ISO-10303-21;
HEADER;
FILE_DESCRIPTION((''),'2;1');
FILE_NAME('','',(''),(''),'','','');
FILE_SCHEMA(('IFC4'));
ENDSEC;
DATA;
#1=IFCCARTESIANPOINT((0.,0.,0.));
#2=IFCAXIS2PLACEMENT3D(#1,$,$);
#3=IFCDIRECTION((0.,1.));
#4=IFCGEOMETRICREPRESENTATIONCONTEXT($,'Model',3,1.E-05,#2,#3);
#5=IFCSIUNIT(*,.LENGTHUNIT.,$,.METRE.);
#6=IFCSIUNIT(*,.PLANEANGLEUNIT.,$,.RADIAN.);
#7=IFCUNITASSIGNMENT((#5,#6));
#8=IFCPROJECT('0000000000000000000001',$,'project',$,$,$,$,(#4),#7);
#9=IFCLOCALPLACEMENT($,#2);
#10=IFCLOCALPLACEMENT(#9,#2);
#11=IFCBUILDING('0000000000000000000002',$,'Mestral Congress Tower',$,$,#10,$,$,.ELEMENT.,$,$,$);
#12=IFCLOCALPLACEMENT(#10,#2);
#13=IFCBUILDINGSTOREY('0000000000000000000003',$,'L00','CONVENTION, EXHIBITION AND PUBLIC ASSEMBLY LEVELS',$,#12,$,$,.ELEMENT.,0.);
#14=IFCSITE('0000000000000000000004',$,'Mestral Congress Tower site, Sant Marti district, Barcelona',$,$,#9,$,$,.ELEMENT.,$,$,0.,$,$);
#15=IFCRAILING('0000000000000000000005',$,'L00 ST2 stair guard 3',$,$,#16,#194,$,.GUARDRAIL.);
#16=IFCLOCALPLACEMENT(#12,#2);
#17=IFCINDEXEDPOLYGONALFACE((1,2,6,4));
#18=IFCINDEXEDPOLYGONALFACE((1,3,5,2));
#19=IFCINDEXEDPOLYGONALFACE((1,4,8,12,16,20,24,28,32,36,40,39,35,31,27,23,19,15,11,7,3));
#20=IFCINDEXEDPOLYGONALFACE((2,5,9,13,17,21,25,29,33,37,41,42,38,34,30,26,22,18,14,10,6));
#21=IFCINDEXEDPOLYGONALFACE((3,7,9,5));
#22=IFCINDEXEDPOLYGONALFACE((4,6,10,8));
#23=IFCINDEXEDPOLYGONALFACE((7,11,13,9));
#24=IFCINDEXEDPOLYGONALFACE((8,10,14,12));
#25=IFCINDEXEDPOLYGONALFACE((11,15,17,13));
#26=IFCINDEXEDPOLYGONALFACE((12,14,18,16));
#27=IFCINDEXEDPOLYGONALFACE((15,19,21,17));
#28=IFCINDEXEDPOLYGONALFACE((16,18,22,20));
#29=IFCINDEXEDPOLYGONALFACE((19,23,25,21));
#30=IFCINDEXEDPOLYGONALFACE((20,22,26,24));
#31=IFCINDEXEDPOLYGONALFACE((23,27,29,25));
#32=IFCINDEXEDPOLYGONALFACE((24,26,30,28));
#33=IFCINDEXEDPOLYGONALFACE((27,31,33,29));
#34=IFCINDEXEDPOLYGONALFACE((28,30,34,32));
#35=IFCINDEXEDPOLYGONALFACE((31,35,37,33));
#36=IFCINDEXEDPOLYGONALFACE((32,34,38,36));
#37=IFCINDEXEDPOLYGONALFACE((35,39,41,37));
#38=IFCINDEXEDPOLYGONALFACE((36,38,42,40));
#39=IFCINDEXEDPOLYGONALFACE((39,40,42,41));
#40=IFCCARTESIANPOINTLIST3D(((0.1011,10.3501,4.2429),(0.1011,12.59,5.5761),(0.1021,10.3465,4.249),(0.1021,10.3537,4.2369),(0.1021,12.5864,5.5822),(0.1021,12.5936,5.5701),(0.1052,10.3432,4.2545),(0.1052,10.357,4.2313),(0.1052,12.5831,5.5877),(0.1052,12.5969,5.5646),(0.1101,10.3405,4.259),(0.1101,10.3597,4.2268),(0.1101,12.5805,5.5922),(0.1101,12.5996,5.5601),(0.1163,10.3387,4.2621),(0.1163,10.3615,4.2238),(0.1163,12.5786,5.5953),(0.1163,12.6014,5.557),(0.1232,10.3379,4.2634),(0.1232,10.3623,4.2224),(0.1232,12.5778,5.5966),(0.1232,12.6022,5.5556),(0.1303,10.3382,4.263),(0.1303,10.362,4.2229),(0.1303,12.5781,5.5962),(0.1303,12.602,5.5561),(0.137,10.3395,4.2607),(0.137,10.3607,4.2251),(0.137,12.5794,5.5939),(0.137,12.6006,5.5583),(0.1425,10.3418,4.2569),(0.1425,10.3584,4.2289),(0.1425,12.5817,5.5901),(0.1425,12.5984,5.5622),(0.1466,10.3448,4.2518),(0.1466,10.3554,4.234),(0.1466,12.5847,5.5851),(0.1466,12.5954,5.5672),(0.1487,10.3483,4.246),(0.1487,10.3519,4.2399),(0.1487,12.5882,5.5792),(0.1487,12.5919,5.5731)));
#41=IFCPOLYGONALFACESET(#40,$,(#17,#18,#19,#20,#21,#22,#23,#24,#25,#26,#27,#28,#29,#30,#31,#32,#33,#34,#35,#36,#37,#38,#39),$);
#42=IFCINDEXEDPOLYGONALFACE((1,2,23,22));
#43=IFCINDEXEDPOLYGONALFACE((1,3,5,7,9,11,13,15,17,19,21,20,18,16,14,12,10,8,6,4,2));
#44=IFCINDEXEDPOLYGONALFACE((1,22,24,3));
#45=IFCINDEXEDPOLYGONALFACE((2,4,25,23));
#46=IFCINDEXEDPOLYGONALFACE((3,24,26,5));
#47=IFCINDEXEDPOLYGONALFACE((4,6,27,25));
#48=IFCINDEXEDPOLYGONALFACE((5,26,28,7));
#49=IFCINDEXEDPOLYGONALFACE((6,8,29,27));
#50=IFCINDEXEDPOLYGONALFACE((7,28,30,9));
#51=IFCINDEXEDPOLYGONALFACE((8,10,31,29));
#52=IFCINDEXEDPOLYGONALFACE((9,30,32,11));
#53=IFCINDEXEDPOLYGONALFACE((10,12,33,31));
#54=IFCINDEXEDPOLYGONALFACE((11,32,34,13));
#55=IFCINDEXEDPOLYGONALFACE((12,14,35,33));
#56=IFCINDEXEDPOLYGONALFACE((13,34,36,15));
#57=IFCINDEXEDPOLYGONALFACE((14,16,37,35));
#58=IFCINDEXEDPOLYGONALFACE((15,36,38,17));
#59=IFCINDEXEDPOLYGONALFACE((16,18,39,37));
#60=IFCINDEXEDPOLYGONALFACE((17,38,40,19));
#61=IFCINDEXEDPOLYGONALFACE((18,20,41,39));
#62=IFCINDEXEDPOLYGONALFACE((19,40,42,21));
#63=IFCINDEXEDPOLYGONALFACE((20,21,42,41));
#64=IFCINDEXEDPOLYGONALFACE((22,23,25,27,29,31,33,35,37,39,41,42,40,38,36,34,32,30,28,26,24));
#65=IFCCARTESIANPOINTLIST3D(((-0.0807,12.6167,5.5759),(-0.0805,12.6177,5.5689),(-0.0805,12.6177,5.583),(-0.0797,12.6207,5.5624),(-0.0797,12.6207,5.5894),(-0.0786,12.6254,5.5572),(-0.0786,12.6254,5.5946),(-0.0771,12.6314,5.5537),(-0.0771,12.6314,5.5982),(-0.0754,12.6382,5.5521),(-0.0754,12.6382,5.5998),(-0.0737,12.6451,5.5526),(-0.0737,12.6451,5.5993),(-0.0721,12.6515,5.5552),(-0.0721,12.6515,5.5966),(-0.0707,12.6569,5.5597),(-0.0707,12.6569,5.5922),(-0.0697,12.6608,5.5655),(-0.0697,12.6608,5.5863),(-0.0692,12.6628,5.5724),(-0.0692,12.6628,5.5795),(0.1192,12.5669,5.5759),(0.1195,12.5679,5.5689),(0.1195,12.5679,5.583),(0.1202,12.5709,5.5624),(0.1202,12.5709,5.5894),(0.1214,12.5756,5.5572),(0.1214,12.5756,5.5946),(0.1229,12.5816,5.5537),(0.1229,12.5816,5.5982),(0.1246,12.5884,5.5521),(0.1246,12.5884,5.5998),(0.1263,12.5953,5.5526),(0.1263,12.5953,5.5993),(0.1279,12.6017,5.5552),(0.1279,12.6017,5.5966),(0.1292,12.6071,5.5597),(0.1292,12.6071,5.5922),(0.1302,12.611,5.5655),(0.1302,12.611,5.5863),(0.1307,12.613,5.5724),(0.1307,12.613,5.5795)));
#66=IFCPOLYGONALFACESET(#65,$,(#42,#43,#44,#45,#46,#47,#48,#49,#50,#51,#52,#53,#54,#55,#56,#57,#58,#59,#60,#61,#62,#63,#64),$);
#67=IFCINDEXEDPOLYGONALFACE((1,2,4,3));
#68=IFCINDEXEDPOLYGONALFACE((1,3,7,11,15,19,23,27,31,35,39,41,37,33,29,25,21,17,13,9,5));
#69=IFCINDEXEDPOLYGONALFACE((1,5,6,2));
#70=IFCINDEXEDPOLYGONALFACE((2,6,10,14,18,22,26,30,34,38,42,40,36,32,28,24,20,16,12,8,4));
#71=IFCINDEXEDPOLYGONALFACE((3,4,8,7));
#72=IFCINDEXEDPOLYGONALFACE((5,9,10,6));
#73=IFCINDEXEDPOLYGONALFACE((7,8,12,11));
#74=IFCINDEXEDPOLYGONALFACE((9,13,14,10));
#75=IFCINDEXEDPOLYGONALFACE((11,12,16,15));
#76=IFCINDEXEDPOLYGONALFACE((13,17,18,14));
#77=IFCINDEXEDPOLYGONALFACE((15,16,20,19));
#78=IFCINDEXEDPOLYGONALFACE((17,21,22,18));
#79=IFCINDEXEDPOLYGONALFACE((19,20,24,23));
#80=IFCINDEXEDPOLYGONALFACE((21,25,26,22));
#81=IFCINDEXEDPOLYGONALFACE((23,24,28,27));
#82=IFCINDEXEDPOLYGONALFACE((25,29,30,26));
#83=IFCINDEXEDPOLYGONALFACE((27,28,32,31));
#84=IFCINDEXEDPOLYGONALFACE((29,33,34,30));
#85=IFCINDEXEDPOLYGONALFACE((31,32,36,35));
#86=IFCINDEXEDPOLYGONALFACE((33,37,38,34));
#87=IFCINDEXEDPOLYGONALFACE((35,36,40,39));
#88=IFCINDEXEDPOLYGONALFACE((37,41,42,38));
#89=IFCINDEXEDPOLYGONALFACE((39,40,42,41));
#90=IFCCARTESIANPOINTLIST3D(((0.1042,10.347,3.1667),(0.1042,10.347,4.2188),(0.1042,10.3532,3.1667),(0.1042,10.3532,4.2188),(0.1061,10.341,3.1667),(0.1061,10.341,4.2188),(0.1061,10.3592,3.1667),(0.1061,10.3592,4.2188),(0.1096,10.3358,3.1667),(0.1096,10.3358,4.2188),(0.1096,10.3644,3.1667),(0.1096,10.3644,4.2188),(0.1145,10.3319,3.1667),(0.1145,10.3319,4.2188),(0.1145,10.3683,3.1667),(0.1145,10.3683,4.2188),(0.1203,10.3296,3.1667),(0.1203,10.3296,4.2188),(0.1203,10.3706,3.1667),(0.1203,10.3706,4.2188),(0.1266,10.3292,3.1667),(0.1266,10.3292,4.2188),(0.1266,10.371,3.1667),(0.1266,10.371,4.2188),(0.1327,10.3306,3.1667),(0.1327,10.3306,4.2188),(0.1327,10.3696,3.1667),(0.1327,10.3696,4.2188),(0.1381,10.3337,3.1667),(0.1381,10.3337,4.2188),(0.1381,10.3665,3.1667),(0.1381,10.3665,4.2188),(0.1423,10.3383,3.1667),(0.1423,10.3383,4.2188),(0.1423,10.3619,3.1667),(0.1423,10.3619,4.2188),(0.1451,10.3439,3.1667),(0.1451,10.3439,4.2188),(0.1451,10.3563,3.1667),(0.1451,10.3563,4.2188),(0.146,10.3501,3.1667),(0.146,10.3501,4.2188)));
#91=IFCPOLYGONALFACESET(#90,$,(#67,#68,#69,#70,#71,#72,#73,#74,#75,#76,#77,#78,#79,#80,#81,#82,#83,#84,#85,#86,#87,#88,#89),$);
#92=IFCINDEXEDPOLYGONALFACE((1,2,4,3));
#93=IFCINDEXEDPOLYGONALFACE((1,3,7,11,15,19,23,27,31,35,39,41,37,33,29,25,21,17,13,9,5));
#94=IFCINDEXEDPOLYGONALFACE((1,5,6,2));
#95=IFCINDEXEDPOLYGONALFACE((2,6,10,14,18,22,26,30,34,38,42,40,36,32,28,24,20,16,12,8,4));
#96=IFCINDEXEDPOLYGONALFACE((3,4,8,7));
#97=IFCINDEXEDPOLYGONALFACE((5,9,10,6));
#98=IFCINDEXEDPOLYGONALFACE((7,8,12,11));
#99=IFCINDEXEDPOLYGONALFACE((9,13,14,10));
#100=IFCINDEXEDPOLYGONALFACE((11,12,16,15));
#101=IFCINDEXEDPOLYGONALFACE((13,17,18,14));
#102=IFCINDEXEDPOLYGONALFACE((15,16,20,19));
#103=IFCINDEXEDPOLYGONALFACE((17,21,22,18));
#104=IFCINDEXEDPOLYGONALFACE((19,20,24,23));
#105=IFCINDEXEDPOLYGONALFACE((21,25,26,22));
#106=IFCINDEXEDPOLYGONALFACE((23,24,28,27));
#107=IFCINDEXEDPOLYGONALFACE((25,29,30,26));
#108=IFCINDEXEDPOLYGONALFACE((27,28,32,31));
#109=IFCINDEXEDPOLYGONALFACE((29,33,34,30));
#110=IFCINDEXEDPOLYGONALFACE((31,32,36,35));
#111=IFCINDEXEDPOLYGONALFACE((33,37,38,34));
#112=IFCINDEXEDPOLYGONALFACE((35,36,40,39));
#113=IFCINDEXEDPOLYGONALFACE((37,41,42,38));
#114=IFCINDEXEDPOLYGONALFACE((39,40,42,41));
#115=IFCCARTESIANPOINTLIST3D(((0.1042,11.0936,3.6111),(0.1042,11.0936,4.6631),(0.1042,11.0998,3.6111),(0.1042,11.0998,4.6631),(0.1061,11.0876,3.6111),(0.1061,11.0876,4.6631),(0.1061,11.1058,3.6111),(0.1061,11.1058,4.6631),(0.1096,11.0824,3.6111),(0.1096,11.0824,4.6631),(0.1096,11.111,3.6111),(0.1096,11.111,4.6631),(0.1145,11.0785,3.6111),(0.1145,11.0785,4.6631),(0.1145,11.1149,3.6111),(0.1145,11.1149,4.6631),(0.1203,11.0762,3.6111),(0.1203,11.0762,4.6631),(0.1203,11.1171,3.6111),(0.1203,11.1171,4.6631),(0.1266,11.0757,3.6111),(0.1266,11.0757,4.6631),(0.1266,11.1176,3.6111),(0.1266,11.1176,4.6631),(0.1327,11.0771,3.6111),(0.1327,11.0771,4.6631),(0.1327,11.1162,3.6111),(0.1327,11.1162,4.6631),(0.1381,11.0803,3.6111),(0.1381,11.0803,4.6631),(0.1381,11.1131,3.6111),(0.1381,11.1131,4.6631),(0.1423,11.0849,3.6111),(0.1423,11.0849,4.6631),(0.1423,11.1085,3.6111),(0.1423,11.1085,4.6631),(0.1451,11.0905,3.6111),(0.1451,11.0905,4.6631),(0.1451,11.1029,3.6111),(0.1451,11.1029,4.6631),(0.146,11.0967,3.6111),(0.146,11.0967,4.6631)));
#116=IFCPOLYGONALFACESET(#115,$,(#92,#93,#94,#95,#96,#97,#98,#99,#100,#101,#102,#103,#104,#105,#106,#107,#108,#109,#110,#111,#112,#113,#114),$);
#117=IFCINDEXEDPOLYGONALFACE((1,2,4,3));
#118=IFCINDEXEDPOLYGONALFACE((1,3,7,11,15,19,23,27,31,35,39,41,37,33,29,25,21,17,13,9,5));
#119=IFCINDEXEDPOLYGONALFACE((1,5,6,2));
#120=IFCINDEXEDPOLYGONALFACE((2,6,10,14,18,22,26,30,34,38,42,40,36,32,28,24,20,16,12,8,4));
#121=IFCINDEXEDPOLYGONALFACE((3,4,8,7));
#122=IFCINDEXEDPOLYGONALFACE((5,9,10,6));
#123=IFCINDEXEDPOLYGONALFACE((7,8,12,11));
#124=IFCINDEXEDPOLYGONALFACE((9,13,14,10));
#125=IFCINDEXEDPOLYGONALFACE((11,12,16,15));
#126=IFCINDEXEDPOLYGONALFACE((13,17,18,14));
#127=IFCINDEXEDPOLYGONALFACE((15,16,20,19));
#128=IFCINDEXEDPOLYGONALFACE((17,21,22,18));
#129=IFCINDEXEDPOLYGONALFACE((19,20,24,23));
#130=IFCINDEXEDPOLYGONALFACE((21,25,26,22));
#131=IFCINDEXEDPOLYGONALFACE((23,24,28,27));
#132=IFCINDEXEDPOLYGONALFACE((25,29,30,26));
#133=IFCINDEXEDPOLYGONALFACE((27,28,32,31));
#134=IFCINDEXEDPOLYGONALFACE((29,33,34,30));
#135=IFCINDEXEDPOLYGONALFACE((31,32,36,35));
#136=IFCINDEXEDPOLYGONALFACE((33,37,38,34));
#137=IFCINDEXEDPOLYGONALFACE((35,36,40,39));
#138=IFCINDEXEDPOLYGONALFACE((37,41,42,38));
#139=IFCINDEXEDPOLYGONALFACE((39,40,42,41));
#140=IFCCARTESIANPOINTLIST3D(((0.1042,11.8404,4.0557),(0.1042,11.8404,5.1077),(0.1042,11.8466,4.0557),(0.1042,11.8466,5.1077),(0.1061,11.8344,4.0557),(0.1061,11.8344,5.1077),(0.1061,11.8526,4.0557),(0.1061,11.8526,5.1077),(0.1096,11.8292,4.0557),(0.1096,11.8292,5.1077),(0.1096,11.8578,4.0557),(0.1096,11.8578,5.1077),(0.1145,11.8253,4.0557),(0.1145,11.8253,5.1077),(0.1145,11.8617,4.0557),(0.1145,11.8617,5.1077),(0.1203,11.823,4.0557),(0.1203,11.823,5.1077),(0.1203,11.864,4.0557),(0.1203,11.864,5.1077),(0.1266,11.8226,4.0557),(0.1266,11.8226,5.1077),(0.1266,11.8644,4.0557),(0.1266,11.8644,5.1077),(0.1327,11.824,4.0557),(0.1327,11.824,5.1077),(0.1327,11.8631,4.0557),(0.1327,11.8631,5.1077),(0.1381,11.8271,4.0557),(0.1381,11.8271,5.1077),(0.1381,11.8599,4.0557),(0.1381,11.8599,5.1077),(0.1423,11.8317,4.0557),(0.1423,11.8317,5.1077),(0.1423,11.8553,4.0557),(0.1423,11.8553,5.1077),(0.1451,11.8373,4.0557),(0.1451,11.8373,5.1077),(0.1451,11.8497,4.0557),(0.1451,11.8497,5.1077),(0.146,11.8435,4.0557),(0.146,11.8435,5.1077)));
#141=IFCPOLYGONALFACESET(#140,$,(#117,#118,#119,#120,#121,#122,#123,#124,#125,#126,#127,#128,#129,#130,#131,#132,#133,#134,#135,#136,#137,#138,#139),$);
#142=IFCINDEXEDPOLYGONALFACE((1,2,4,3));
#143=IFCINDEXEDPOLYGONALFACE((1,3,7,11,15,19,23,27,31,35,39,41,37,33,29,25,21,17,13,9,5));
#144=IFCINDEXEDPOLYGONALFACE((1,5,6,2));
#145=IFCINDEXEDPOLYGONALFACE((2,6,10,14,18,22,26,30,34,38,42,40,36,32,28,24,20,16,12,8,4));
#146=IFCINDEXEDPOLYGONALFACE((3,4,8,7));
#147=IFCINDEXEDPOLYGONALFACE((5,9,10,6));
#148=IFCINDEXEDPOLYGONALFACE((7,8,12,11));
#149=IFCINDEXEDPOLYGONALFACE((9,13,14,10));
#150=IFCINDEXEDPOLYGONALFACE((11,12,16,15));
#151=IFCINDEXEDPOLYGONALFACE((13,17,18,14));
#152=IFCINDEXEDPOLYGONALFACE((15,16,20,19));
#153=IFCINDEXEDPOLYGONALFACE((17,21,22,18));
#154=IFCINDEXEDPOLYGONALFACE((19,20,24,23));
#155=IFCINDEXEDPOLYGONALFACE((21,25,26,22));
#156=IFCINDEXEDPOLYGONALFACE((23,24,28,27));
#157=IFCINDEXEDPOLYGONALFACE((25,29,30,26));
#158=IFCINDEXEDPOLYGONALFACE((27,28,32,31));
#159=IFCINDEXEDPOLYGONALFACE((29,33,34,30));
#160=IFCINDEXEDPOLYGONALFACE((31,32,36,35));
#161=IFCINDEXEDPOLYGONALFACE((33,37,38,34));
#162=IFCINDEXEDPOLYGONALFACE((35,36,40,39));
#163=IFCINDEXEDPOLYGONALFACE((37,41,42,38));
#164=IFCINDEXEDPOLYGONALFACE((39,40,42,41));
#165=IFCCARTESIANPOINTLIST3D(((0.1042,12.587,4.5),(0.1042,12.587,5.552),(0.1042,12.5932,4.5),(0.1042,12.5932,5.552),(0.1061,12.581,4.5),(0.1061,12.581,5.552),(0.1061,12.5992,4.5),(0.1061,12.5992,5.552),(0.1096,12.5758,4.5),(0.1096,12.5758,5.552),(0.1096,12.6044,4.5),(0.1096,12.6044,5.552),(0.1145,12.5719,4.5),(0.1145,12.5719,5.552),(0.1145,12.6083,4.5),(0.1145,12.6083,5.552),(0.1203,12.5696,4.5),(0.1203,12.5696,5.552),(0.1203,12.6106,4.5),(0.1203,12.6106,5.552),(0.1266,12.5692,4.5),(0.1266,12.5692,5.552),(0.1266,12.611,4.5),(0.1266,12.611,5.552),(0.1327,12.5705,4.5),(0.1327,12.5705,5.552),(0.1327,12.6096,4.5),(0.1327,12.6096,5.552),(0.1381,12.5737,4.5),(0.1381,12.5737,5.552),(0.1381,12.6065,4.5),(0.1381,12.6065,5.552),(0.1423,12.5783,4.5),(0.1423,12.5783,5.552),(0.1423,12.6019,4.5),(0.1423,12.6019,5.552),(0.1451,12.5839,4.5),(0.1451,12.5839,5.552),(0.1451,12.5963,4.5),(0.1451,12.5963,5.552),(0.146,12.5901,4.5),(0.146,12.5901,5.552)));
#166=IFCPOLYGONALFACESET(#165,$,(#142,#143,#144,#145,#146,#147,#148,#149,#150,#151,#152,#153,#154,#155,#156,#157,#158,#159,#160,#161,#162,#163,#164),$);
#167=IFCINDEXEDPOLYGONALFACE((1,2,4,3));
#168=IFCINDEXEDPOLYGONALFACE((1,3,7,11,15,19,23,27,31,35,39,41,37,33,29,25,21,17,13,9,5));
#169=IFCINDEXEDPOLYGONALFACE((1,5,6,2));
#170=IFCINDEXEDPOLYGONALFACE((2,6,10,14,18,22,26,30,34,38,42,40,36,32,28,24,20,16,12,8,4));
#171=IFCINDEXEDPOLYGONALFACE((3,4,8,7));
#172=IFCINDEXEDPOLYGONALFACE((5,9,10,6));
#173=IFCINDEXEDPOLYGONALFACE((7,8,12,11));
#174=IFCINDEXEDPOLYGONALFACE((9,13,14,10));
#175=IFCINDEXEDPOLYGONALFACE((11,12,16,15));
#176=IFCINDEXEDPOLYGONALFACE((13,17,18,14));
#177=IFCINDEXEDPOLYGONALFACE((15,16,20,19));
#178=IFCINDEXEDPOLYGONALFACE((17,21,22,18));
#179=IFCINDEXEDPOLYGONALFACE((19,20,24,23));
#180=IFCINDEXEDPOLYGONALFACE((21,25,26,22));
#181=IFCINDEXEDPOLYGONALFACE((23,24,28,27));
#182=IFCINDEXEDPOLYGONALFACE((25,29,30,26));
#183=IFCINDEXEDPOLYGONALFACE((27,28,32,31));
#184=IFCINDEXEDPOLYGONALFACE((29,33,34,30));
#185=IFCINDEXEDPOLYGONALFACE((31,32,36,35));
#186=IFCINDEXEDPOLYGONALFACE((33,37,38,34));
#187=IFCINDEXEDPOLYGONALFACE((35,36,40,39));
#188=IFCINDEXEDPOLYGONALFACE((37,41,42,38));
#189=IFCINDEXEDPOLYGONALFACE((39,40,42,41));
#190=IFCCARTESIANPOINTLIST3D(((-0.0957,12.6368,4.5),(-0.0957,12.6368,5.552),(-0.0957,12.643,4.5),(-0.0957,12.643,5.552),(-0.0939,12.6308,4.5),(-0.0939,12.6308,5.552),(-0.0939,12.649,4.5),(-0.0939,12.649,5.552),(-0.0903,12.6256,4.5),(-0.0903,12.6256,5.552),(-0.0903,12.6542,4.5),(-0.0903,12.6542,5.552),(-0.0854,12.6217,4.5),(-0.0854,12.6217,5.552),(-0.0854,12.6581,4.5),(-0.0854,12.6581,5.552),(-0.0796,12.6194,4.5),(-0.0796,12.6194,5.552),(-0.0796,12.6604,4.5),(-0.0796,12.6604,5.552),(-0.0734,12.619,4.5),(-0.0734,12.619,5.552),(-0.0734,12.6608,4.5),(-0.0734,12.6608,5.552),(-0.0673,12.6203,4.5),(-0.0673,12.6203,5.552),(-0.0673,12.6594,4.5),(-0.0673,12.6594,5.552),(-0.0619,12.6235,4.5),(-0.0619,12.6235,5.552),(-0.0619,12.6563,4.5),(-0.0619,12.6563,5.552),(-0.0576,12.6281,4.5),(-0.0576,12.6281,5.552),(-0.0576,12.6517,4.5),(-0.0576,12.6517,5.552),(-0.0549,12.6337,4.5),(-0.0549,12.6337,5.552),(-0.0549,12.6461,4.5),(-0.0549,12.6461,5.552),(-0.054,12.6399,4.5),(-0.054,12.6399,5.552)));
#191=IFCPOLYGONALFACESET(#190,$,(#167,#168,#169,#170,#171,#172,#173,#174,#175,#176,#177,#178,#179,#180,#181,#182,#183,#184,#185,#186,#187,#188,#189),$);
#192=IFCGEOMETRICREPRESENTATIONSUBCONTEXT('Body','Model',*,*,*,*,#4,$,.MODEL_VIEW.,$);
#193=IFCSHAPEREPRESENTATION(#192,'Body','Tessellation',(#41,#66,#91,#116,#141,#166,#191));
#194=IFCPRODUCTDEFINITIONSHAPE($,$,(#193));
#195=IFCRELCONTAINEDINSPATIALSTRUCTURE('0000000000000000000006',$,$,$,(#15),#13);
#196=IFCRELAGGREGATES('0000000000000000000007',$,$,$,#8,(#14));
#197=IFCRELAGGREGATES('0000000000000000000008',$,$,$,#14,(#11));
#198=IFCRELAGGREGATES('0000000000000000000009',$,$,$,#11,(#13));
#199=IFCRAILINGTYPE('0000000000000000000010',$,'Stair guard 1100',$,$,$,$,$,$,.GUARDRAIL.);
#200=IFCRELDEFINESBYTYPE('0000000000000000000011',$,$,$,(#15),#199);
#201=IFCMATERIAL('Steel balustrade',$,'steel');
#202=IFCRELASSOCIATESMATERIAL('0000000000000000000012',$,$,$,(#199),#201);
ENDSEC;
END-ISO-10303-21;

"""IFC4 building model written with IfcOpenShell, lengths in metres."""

from ifc_helpers import new_model, si_unit, direction, frame, origin, origin_2d, place, context, subcontext, project, spatial, circle, extrude, material, type_object, element, save


model = new_model("IFC4")

# Units and contexts
model_context = context("Model", 3, precision=1e-05, world=origin(), true_north=direction((0.0, 1.0)))
body_context = subcontext(model_context, "Body", "Model", "MODEL_VIEW")
ifc_project = project(units=[si_unit("LENGTHUNIT", "METRE"), si_unit("PLANEANGLEUNIT", "RADIAN")], contexts=[model_context])

# Site, building, storey
site_placement = place(None, origin())
site = spatial("IfcSite", under=ifc_project, at=site_placement, Name="Mestral Congress Tower site, Sant Marti district, Barcelona", CompositionType="ELEMENT", RefElevation=0.0)
building_placement = place(site_placement, origin())
building = spatial("IfcBuilding", under=site, at=building_placement, Name="Mestral Congress Tower", CompositionType="ELEMENT")
storey_placement = place(building_placement, origin())
storey = spatial("IfcBuildingStorey", under=building, at=storey_placement, Name="L00", Description="CONVENTION, EXHIBITION AND PUBLIC ASSEMBLY LEVELS", CompositionType="ELEMENT", Elevation=0.0)

# Railing
ifc_material_1 = material(Name="Steel balustrade", Category="steel")
railing_type_1 = type_object("IfcRailingType", Name="Stair guard 1100", PredefinedType="GUARDRAIL", material=ifc_material_1)
for number, where, name in (
    (1, (0.125, 10.3501, 3.1667), "L00 ST2 stair guard 3"),
):
    element("IfcRailing", number, at=place(storey_placement, frame(where)), inside=storey, type_object=railing_type_1, Name=name, PredefinedType="GUARDRAIL", context=body_context, shape_type="SweptSolid", body=[
        extrude(circle(Radius=0.0239, at=origin_2d()), frame((0.0, 0.0, 1.0762), z_axis=(0.0, 0.859306, 0.511462), x_axis=(-1.0, 0.0, 0.0)), (0.0, 0.0, 1.0), 2.6067),
        extrude(circle(Radius=0.0239, at=origin_2d()), frame((0.0, 2.24, 2.4092), z_axis=(-0.970351, 0.241699, 0.0), x_axis=(-0.241699, -0.970351, 0.0)), (0.0, 0.0, 1.0), 0.2061),
        extrude(circle(Radius=0.021, at=origin_2d()), origin(), (0.0, 0.0, 1.0), 1.052),
        extrude(circle(Radius=0.021, at=origin_2d()), frame((0.0, 0.7466, 0.4443)), (0.0, 0.0, 1.0), 1.052),
        extrude(circle(Radius=0.021, at=origin_2d()), frame((0.0, 1.4934, 0.8889)), (0.0, 0.0, 1.0), 1.052),
        extrude(circle(Radius=0.021, at=origin_2d()), frame((0.0, 2.24, 1.3333)), (0.0, 0.0, 1.0), 1.052),
        extrude(circle(Radius=0.021, at=origin_2d()), frame((-0.2, 2.2898, 1.3333)), (0.0, 0.0, 1.0), 1.052),
    ])

save(model, "model.ifc")
